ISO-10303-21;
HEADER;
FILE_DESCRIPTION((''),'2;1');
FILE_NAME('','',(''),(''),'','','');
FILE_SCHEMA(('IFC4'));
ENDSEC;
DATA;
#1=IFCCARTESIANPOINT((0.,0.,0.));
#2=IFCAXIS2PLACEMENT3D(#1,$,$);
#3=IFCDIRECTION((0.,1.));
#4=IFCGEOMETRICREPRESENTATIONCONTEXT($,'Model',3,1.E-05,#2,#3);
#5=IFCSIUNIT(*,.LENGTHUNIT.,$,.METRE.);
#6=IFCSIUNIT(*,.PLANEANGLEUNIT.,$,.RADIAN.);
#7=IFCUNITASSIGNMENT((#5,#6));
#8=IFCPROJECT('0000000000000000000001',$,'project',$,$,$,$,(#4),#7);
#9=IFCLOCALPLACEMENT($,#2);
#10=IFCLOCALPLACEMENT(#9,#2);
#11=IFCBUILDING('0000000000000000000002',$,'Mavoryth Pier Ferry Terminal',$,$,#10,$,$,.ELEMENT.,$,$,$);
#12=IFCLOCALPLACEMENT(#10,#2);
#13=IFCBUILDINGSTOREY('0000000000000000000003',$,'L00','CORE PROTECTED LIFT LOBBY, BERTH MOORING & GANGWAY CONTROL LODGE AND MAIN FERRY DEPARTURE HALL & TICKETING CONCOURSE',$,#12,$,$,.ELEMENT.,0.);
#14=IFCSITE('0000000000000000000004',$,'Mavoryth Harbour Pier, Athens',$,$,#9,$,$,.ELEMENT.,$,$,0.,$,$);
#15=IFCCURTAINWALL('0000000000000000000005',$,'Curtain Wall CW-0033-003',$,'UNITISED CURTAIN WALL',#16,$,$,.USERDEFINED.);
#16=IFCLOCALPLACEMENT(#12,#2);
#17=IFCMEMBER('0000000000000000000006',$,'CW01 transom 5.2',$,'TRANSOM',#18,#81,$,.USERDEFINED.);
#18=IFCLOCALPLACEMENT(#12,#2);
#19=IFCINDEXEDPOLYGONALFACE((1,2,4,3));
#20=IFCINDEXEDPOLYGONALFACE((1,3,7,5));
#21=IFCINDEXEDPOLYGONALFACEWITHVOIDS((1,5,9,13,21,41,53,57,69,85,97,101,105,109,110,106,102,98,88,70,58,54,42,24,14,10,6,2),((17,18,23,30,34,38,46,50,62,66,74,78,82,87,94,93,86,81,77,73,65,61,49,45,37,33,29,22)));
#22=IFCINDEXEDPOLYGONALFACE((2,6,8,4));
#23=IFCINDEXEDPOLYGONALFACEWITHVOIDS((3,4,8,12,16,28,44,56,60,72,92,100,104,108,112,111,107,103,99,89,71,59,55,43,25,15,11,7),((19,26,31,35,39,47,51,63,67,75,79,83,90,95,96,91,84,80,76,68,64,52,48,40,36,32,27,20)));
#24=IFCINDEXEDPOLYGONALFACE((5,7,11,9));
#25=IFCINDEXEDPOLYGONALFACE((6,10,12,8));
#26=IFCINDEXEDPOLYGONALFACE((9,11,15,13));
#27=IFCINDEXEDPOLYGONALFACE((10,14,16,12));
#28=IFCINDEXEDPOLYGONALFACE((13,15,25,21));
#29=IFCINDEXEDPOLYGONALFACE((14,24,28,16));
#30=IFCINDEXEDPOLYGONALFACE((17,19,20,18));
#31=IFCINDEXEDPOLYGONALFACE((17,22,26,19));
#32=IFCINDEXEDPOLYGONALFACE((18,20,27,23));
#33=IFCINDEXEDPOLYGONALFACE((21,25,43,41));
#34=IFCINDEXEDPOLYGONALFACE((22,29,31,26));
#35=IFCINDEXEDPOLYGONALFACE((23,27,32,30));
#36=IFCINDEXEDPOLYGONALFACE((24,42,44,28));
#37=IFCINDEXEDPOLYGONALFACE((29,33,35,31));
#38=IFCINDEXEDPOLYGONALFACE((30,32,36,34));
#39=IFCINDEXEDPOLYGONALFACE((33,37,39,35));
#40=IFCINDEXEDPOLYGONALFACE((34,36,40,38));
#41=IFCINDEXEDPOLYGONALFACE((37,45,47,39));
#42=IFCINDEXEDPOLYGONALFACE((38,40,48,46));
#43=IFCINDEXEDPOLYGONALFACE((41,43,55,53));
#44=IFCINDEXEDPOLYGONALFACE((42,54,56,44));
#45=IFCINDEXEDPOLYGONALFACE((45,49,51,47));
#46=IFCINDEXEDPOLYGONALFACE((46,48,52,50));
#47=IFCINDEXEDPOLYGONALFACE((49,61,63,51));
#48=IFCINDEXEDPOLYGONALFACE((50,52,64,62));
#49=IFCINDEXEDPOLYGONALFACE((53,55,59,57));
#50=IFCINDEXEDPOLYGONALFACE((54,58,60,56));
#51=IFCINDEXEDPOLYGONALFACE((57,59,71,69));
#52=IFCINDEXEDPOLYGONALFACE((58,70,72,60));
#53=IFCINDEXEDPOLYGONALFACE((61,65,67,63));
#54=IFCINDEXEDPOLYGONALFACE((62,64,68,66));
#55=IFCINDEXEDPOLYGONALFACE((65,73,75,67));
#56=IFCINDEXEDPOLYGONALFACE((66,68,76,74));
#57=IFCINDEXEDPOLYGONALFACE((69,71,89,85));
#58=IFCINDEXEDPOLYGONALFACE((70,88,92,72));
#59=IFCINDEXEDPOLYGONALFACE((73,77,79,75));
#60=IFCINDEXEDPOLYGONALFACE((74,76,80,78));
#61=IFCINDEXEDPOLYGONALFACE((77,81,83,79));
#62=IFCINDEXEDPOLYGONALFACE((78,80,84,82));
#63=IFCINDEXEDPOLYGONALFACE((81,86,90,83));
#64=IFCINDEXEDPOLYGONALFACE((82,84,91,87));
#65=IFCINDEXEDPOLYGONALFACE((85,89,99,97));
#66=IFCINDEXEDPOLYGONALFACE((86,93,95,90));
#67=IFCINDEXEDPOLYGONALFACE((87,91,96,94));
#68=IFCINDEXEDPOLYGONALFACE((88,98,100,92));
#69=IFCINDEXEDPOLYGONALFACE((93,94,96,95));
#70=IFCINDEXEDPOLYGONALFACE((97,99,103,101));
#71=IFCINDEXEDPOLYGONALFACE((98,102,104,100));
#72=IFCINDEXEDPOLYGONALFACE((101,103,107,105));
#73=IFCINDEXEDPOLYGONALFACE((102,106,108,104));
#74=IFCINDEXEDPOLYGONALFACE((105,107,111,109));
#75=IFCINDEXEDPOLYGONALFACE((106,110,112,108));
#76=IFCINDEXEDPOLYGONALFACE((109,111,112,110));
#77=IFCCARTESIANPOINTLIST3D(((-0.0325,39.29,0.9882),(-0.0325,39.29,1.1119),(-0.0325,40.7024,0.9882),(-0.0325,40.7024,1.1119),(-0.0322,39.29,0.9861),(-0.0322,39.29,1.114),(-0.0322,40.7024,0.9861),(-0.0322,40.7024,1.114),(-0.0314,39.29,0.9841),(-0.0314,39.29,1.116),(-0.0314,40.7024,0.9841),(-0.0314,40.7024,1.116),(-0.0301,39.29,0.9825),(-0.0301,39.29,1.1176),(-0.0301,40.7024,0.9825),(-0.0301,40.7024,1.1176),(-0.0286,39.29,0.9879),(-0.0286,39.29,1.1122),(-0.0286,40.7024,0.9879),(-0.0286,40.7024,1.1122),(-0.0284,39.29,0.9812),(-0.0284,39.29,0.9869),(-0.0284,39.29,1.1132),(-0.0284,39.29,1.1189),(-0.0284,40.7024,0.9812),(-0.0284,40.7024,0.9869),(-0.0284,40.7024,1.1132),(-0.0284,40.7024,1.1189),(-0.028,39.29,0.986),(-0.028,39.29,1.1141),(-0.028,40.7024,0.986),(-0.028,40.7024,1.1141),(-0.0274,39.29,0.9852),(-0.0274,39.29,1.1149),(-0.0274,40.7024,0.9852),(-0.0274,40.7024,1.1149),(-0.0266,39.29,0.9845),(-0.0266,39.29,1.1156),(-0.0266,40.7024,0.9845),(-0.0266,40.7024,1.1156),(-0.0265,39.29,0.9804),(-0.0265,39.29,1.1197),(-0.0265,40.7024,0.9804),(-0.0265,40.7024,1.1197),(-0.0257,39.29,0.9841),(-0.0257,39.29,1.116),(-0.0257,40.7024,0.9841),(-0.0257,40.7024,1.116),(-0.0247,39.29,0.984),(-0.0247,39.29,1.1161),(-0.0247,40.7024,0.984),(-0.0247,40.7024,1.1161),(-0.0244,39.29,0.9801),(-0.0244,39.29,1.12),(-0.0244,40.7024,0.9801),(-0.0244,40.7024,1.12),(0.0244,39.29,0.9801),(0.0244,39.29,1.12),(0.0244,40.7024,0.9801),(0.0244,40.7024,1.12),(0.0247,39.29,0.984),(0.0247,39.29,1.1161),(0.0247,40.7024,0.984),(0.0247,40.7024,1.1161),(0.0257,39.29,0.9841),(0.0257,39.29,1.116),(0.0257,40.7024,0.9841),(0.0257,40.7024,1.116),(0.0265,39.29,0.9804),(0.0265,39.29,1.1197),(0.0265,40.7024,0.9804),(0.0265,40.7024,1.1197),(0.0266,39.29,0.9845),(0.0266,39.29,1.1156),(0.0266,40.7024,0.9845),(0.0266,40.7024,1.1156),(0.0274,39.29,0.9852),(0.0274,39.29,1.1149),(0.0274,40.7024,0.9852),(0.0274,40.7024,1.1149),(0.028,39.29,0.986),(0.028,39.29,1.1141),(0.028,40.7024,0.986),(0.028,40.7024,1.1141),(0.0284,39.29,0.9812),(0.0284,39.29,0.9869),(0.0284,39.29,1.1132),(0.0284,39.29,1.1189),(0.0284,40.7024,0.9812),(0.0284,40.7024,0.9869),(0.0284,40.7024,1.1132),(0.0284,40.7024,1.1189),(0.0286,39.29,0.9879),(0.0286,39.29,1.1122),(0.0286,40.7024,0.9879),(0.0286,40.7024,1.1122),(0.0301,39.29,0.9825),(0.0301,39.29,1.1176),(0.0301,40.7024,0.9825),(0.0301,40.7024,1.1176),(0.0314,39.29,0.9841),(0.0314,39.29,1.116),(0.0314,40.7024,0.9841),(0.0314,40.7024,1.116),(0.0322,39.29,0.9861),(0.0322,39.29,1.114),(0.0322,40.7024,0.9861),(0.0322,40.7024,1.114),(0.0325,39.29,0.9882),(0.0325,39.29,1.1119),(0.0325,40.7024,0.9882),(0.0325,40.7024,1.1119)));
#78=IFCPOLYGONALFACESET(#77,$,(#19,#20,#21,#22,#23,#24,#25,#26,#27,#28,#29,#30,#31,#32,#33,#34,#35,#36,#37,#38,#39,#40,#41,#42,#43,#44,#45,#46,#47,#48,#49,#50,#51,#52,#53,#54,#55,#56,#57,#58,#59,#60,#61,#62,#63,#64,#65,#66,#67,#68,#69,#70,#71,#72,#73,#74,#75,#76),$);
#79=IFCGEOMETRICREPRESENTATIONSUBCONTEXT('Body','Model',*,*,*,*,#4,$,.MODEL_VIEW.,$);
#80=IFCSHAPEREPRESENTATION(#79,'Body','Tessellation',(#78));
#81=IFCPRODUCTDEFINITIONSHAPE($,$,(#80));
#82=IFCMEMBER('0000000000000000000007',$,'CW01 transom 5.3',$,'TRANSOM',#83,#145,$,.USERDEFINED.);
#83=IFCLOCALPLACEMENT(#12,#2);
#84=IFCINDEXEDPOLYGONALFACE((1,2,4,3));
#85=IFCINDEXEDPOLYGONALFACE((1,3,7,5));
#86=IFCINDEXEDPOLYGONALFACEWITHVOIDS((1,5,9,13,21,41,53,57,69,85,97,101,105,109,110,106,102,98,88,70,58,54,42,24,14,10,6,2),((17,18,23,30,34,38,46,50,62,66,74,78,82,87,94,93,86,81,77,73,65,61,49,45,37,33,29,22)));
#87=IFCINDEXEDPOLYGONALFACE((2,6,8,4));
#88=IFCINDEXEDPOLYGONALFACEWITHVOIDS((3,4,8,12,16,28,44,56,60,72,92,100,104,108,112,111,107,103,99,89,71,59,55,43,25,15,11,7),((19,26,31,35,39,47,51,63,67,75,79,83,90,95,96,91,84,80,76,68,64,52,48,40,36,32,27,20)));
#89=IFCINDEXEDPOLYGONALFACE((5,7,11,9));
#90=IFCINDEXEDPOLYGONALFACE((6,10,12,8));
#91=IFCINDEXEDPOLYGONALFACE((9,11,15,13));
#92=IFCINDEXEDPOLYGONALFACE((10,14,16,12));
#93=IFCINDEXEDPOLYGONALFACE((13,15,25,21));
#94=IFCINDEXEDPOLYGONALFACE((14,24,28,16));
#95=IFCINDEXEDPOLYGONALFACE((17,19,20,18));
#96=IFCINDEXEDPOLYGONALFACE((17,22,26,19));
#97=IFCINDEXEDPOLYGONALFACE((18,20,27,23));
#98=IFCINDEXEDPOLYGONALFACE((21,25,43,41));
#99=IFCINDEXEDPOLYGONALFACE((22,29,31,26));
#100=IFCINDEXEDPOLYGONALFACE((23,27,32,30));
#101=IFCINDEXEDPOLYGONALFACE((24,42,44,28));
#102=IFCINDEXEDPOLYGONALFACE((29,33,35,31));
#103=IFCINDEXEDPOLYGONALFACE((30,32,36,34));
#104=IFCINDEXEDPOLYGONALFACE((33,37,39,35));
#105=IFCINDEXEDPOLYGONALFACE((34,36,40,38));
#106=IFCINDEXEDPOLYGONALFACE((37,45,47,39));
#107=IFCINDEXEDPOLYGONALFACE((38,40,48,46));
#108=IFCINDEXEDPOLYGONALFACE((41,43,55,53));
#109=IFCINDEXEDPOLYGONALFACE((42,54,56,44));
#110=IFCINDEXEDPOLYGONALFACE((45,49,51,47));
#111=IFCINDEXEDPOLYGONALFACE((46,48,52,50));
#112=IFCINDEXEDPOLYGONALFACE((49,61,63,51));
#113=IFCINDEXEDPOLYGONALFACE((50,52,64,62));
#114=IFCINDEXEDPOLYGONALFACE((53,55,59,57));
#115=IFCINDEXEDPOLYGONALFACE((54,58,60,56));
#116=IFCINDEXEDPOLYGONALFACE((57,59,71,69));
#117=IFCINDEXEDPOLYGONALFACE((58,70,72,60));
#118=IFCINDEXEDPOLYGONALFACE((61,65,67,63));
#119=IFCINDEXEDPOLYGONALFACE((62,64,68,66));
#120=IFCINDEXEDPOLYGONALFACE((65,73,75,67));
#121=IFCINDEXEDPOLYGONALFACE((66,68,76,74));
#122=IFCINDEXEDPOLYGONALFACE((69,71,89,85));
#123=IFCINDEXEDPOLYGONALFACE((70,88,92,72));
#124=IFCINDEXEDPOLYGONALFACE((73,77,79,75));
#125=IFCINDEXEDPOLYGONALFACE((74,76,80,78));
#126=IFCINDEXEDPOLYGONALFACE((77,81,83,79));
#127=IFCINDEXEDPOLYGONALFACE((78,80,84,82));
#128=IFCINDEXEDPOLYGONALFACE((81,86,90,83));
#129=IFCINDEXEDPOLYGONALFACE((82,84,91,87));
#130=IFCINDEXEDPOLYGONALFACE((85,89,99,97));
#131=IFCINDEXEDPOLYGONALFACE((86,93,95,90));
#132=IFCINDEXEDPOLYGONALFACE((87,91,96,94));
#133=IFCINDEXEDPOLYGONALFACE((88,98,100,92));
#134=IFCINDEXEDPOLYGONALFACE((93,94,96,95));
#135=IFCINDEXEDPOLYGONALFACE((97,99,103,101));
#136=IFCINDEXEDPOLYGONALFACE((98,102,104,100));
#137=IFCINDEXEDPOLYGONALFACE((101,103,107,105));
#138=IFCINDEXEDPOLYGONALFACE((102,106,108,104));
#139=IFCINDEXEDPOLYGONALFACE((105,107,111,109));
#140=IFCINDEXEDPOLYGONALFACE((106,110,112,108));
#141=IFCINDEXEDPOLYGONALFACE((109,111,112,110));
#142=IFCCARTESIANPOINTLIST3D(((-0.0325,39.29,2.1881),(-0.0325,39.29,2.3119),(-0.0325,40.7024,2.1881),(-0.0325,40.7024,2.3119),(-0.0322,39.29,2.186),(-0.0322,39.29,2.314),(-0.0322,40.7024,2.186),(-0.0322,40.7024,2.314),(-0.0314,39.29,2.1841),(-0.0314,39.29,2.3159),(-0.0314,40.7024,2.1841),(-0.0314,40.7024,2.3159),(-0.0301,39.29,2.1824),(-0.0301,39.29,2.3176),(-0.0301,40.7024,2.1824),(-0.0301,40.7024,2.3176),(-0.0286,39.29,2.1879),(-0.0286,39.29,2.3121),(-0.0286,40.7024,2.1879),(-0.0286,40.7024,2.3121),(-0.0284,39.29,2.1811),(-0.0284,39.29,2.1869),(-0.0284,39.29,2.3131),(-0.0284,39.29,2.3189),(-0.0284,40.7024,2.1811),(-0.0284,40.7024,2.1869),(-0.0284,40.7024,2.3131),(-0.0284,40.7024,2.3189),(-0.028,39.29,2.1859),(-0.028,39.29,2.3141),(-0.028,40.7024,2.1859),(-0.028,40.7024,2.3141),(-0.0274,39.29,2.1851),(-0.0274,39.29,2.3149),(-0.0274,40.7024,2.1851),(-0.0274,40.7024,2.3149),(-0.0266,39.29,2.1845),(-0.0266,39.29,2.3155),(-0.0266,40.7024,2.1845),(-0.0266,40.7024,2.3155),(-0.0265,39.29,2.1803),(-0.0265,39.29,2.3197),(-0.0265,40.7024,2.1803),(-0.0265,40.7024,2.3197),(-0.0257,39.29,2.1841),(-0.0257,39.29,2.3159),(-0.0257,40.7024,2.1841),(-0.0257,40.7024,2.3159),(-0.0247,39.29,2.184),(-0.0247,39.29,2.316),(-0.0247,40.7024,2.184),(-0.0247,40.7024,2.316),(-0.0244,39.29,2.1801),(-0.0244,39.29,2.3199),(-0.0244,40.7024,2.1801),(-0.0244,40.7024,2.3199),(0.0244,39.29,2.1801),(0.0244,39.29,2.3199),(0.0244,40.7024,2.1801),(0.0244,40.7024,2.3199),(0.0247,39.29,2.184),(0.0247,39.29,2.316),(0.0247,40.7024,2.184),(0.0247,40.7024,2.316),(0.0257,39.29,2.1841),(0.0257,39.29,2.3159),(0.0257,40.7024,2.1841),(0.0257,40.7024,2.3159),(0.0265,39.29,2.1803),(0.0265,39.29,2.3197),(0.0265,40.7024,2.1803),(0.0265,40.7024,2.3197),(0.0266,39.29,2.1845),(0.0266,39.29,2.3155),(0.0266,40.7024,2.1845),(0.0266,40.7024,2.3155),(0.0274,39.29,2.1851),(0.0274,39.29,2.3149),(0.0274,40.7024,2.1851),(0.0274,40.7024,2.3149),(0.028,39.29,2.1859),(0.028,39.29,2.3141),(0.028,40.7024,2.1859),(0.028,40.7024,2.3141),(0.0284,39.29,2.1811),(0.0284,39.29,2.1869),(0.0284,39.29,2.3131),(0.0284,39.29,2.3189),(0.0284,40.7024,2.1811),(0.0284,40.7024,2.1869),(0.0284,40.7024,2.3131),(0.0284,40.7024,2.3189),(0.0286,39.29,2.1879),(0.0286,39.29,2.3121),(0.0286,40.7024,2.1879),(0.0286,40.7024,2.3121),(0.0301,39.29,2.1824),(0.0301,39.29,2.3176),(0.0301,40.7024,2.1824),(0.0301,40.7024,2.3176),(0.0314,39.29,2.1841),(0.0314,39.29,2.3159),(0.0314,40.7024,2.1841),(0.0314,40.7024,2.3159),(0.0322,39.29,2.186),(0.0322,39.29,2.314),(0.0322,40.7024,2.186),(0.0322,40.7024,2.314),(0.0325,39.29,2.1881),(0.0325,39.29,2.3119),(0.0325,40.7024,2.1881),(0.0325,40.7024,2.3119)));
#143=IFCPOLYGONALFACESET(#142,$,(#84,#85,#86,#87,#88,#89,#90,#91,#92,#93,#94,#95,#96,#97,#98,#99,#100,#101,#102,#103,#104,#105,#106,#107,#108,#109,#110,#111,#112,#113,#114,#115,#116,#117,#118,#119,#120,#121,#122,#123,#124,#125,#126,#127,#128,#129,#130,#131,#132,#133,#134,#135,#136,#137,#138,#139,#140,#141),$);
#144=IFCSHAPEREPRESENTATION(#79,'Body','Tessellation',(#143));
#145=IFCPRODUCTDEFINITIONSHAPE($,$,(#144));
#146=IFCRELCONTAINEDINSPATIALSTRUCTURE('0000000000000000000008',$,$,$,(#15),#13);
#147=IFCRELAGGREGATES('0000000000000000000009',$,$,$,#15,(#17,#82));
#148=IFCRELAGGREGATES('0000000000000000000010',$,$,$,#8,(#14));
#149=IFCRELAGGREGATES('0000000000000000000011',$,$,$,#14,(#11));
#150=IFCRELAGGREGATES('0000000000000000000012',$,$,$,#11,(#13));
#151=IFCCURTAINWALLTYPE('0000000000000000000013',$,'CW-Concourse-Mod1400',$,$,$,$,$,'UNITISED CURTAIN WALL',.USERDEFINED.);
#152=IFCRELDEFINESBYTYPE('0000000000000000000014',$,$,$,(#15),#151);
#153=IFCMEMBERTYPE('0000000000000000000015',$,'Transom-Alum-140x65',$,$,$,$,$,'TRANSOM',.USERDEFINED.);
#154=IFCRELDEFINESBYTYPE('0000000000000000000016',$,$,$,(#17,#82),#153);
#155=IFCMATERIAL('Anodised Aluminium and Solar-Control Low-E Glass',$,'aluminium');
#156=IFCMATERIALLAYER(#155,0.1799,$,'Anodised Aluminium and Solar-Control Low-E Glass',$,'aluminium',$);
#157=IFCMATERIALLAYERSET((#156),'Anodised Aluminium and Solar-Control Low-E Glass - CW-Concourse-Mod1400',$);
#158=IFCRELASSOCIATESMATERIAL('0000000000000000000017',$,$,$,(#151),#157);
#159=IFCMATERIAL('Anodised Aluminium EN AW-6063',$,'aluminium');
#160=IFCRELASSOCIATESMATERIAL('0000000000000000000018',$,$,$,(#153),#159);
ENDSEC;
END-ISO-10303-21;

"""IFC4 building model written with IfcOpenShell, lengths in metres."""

from ifc_helpers import new_model, si_unit, direction, frame, origin, origin_2d, place, context, subcontext, project, spatial, hollow_rectangle, extrude, material, layer, layer_set, material_profile, profile_set, type_object, element, aggregate, save


model = new_model("IFC4")

# Units and contexts
model_context = context("Model", 3, precision=1e-05, world=origin(), true_north=direction((0.0, 1.0)))
body_context = subcontext(model_context, "Body", "Model", "MODEL_VIEW")
ifc_project = project(units=[si_unit("LENGTHUNIT", "METRE"), si_unit("PLANEANGLEUNIT", "RADIAN")], contexts=[model_context])

# Site, building, storey
site_placement = place(None, origin())
site = spatial("IfcSite", under=ifc_project, at=site_placement, Name="Mavoryth Harbour Pier, Athens", CompositionType="ELEMENT", RefElevation=0.0)
building_placement = place(site_placement, origin())
building = spatial("IfcBuilding", under=site, at=building_placement, Name="Mavoryth Pier Ferry Terminal", CompositionType="ELEMENT")
storey_placement = place(building_placement, origin())
storey = spatial("IfcBuildingStorey", under=building, at=storey_placement, Name="L00", Description="CORE PROTECTED LIFT LOBBY, BERTH MOORING & GANGWAY CONTROL LODGE AND MAIN FERRY DEPARTURE HALL & TICKETING CONCOURSE", CompositionType="ELEMENT", Elevation=0.0)

# Curtain wall, members
ifc_material_1 = material(Name="Anodised Aluminium and Solar-Control Low-E Glass", Category="aluminium")
ifc_layer_1 = layer(ifc_material_1, 0.1799, Name="Anodised Aluminium and Solar-Control Low-E Glass", Category="aluminium")
ifc_layer_set_1 = layer_set([ifc_layer_1], Name="Anodised Aluminium and Solar-Control Low-E Glass - CW-Concourse-Mod1400")
curtain_wall_type = type_object("IfcCurtainWallType", Name="CW-Concourse-Mod1400", ElementType="UNITISED CURTAIN WALL", PredefinedType="USERDEFINED", material=ifc_layer_set_1)
curtain_wall_placement = place(storey_placement, origin())
curtain_wall = element("IfcCurtainWall", 1, at=curtain_wall_placement, inside=storey, type_object=curtain_wall_type, Name="Curtain Wall CW-0033-003", ObjectType="UNITISED CURTAIN WALL", PredefinedType="USERDEFINED")
ifc_material_2 = material(Name="Anodised Aluminium EN AW-6063", Category="aluminium")
ifc_material_profile_1 = material_profile(ifc_material_2, hollow_rectangle(XDim=0.0649, YDim=0.1399, WallThickness=0.0039, InnerFilletRadius=0.0039, OuterFilletRadius=0.0081, at=origin_2d()), Name="AL-TRAN 140x65x4", Category="aluminium")
ifc_profile_set_1 = profile_set([ifc_material_profile_1], Name="Anodised Aluminium EN AW-6063 - AL-TRAN 140x65x4")
member_type_1 = type_object("IfcMemberType", Name="Transom-Alum-140x65", ElementType="TRANSOM", PredefinedType="USERDEFINED", material=ifc_profile_set_1)
member_1_placement = place(storey_placement, frame((0.0, 40.7024, 1.05), z_axis=(0.0, -1.0, 0.0), x_axis=(1.0, 0.0, 0.0)))
member_1 = element("IfcMember", 2, at=member_1_placement, type_object=member_type_1, Name="CW01 transom 5.2", ObjectType="TRANSOM", PredefinedType="USERDEFINED", context=body_context, shape_type="SweptSolid", body=[
    extrude(hollow_rectangle(XDim=0.0649, YDim=0.1399, WallThickness=0.0039, InnerFilletRadius=0.0039, OuterFilletRadius=0.0081, at=origin_2d()), origin(), (0.0, 0.0, 1.0), 1.4124),
])
member_2_placement = place(storey_placement, frame((0.0, 40.7024, 2.25), z_axis=(0.0, -1.0, 0.0), x_axis=(1.0, 0.0, 0.0)))
member_2 = element("IfcMember", 3, at=member_2_placement, type_object=member_type_1, Name="CW01 transom 5.3", ObjectType="TRANSOM", PredefinedType="USERDEFINED", context=body_context, shape_type="SweptSolid", body=[
    extrude(hollow_rectangle(XDim=0.0649, YDim=0.1399, WallThickness=0.0039, InnerFilletRadius=0.0039, OuterFilletRadius=0.0081, at=origin_2d()), origin(), (0.0, 0.0, 1.0), 1.4124),
])
aggregate(curtain_wall, [member_1, member_2])

save(model, "model.ifc")
